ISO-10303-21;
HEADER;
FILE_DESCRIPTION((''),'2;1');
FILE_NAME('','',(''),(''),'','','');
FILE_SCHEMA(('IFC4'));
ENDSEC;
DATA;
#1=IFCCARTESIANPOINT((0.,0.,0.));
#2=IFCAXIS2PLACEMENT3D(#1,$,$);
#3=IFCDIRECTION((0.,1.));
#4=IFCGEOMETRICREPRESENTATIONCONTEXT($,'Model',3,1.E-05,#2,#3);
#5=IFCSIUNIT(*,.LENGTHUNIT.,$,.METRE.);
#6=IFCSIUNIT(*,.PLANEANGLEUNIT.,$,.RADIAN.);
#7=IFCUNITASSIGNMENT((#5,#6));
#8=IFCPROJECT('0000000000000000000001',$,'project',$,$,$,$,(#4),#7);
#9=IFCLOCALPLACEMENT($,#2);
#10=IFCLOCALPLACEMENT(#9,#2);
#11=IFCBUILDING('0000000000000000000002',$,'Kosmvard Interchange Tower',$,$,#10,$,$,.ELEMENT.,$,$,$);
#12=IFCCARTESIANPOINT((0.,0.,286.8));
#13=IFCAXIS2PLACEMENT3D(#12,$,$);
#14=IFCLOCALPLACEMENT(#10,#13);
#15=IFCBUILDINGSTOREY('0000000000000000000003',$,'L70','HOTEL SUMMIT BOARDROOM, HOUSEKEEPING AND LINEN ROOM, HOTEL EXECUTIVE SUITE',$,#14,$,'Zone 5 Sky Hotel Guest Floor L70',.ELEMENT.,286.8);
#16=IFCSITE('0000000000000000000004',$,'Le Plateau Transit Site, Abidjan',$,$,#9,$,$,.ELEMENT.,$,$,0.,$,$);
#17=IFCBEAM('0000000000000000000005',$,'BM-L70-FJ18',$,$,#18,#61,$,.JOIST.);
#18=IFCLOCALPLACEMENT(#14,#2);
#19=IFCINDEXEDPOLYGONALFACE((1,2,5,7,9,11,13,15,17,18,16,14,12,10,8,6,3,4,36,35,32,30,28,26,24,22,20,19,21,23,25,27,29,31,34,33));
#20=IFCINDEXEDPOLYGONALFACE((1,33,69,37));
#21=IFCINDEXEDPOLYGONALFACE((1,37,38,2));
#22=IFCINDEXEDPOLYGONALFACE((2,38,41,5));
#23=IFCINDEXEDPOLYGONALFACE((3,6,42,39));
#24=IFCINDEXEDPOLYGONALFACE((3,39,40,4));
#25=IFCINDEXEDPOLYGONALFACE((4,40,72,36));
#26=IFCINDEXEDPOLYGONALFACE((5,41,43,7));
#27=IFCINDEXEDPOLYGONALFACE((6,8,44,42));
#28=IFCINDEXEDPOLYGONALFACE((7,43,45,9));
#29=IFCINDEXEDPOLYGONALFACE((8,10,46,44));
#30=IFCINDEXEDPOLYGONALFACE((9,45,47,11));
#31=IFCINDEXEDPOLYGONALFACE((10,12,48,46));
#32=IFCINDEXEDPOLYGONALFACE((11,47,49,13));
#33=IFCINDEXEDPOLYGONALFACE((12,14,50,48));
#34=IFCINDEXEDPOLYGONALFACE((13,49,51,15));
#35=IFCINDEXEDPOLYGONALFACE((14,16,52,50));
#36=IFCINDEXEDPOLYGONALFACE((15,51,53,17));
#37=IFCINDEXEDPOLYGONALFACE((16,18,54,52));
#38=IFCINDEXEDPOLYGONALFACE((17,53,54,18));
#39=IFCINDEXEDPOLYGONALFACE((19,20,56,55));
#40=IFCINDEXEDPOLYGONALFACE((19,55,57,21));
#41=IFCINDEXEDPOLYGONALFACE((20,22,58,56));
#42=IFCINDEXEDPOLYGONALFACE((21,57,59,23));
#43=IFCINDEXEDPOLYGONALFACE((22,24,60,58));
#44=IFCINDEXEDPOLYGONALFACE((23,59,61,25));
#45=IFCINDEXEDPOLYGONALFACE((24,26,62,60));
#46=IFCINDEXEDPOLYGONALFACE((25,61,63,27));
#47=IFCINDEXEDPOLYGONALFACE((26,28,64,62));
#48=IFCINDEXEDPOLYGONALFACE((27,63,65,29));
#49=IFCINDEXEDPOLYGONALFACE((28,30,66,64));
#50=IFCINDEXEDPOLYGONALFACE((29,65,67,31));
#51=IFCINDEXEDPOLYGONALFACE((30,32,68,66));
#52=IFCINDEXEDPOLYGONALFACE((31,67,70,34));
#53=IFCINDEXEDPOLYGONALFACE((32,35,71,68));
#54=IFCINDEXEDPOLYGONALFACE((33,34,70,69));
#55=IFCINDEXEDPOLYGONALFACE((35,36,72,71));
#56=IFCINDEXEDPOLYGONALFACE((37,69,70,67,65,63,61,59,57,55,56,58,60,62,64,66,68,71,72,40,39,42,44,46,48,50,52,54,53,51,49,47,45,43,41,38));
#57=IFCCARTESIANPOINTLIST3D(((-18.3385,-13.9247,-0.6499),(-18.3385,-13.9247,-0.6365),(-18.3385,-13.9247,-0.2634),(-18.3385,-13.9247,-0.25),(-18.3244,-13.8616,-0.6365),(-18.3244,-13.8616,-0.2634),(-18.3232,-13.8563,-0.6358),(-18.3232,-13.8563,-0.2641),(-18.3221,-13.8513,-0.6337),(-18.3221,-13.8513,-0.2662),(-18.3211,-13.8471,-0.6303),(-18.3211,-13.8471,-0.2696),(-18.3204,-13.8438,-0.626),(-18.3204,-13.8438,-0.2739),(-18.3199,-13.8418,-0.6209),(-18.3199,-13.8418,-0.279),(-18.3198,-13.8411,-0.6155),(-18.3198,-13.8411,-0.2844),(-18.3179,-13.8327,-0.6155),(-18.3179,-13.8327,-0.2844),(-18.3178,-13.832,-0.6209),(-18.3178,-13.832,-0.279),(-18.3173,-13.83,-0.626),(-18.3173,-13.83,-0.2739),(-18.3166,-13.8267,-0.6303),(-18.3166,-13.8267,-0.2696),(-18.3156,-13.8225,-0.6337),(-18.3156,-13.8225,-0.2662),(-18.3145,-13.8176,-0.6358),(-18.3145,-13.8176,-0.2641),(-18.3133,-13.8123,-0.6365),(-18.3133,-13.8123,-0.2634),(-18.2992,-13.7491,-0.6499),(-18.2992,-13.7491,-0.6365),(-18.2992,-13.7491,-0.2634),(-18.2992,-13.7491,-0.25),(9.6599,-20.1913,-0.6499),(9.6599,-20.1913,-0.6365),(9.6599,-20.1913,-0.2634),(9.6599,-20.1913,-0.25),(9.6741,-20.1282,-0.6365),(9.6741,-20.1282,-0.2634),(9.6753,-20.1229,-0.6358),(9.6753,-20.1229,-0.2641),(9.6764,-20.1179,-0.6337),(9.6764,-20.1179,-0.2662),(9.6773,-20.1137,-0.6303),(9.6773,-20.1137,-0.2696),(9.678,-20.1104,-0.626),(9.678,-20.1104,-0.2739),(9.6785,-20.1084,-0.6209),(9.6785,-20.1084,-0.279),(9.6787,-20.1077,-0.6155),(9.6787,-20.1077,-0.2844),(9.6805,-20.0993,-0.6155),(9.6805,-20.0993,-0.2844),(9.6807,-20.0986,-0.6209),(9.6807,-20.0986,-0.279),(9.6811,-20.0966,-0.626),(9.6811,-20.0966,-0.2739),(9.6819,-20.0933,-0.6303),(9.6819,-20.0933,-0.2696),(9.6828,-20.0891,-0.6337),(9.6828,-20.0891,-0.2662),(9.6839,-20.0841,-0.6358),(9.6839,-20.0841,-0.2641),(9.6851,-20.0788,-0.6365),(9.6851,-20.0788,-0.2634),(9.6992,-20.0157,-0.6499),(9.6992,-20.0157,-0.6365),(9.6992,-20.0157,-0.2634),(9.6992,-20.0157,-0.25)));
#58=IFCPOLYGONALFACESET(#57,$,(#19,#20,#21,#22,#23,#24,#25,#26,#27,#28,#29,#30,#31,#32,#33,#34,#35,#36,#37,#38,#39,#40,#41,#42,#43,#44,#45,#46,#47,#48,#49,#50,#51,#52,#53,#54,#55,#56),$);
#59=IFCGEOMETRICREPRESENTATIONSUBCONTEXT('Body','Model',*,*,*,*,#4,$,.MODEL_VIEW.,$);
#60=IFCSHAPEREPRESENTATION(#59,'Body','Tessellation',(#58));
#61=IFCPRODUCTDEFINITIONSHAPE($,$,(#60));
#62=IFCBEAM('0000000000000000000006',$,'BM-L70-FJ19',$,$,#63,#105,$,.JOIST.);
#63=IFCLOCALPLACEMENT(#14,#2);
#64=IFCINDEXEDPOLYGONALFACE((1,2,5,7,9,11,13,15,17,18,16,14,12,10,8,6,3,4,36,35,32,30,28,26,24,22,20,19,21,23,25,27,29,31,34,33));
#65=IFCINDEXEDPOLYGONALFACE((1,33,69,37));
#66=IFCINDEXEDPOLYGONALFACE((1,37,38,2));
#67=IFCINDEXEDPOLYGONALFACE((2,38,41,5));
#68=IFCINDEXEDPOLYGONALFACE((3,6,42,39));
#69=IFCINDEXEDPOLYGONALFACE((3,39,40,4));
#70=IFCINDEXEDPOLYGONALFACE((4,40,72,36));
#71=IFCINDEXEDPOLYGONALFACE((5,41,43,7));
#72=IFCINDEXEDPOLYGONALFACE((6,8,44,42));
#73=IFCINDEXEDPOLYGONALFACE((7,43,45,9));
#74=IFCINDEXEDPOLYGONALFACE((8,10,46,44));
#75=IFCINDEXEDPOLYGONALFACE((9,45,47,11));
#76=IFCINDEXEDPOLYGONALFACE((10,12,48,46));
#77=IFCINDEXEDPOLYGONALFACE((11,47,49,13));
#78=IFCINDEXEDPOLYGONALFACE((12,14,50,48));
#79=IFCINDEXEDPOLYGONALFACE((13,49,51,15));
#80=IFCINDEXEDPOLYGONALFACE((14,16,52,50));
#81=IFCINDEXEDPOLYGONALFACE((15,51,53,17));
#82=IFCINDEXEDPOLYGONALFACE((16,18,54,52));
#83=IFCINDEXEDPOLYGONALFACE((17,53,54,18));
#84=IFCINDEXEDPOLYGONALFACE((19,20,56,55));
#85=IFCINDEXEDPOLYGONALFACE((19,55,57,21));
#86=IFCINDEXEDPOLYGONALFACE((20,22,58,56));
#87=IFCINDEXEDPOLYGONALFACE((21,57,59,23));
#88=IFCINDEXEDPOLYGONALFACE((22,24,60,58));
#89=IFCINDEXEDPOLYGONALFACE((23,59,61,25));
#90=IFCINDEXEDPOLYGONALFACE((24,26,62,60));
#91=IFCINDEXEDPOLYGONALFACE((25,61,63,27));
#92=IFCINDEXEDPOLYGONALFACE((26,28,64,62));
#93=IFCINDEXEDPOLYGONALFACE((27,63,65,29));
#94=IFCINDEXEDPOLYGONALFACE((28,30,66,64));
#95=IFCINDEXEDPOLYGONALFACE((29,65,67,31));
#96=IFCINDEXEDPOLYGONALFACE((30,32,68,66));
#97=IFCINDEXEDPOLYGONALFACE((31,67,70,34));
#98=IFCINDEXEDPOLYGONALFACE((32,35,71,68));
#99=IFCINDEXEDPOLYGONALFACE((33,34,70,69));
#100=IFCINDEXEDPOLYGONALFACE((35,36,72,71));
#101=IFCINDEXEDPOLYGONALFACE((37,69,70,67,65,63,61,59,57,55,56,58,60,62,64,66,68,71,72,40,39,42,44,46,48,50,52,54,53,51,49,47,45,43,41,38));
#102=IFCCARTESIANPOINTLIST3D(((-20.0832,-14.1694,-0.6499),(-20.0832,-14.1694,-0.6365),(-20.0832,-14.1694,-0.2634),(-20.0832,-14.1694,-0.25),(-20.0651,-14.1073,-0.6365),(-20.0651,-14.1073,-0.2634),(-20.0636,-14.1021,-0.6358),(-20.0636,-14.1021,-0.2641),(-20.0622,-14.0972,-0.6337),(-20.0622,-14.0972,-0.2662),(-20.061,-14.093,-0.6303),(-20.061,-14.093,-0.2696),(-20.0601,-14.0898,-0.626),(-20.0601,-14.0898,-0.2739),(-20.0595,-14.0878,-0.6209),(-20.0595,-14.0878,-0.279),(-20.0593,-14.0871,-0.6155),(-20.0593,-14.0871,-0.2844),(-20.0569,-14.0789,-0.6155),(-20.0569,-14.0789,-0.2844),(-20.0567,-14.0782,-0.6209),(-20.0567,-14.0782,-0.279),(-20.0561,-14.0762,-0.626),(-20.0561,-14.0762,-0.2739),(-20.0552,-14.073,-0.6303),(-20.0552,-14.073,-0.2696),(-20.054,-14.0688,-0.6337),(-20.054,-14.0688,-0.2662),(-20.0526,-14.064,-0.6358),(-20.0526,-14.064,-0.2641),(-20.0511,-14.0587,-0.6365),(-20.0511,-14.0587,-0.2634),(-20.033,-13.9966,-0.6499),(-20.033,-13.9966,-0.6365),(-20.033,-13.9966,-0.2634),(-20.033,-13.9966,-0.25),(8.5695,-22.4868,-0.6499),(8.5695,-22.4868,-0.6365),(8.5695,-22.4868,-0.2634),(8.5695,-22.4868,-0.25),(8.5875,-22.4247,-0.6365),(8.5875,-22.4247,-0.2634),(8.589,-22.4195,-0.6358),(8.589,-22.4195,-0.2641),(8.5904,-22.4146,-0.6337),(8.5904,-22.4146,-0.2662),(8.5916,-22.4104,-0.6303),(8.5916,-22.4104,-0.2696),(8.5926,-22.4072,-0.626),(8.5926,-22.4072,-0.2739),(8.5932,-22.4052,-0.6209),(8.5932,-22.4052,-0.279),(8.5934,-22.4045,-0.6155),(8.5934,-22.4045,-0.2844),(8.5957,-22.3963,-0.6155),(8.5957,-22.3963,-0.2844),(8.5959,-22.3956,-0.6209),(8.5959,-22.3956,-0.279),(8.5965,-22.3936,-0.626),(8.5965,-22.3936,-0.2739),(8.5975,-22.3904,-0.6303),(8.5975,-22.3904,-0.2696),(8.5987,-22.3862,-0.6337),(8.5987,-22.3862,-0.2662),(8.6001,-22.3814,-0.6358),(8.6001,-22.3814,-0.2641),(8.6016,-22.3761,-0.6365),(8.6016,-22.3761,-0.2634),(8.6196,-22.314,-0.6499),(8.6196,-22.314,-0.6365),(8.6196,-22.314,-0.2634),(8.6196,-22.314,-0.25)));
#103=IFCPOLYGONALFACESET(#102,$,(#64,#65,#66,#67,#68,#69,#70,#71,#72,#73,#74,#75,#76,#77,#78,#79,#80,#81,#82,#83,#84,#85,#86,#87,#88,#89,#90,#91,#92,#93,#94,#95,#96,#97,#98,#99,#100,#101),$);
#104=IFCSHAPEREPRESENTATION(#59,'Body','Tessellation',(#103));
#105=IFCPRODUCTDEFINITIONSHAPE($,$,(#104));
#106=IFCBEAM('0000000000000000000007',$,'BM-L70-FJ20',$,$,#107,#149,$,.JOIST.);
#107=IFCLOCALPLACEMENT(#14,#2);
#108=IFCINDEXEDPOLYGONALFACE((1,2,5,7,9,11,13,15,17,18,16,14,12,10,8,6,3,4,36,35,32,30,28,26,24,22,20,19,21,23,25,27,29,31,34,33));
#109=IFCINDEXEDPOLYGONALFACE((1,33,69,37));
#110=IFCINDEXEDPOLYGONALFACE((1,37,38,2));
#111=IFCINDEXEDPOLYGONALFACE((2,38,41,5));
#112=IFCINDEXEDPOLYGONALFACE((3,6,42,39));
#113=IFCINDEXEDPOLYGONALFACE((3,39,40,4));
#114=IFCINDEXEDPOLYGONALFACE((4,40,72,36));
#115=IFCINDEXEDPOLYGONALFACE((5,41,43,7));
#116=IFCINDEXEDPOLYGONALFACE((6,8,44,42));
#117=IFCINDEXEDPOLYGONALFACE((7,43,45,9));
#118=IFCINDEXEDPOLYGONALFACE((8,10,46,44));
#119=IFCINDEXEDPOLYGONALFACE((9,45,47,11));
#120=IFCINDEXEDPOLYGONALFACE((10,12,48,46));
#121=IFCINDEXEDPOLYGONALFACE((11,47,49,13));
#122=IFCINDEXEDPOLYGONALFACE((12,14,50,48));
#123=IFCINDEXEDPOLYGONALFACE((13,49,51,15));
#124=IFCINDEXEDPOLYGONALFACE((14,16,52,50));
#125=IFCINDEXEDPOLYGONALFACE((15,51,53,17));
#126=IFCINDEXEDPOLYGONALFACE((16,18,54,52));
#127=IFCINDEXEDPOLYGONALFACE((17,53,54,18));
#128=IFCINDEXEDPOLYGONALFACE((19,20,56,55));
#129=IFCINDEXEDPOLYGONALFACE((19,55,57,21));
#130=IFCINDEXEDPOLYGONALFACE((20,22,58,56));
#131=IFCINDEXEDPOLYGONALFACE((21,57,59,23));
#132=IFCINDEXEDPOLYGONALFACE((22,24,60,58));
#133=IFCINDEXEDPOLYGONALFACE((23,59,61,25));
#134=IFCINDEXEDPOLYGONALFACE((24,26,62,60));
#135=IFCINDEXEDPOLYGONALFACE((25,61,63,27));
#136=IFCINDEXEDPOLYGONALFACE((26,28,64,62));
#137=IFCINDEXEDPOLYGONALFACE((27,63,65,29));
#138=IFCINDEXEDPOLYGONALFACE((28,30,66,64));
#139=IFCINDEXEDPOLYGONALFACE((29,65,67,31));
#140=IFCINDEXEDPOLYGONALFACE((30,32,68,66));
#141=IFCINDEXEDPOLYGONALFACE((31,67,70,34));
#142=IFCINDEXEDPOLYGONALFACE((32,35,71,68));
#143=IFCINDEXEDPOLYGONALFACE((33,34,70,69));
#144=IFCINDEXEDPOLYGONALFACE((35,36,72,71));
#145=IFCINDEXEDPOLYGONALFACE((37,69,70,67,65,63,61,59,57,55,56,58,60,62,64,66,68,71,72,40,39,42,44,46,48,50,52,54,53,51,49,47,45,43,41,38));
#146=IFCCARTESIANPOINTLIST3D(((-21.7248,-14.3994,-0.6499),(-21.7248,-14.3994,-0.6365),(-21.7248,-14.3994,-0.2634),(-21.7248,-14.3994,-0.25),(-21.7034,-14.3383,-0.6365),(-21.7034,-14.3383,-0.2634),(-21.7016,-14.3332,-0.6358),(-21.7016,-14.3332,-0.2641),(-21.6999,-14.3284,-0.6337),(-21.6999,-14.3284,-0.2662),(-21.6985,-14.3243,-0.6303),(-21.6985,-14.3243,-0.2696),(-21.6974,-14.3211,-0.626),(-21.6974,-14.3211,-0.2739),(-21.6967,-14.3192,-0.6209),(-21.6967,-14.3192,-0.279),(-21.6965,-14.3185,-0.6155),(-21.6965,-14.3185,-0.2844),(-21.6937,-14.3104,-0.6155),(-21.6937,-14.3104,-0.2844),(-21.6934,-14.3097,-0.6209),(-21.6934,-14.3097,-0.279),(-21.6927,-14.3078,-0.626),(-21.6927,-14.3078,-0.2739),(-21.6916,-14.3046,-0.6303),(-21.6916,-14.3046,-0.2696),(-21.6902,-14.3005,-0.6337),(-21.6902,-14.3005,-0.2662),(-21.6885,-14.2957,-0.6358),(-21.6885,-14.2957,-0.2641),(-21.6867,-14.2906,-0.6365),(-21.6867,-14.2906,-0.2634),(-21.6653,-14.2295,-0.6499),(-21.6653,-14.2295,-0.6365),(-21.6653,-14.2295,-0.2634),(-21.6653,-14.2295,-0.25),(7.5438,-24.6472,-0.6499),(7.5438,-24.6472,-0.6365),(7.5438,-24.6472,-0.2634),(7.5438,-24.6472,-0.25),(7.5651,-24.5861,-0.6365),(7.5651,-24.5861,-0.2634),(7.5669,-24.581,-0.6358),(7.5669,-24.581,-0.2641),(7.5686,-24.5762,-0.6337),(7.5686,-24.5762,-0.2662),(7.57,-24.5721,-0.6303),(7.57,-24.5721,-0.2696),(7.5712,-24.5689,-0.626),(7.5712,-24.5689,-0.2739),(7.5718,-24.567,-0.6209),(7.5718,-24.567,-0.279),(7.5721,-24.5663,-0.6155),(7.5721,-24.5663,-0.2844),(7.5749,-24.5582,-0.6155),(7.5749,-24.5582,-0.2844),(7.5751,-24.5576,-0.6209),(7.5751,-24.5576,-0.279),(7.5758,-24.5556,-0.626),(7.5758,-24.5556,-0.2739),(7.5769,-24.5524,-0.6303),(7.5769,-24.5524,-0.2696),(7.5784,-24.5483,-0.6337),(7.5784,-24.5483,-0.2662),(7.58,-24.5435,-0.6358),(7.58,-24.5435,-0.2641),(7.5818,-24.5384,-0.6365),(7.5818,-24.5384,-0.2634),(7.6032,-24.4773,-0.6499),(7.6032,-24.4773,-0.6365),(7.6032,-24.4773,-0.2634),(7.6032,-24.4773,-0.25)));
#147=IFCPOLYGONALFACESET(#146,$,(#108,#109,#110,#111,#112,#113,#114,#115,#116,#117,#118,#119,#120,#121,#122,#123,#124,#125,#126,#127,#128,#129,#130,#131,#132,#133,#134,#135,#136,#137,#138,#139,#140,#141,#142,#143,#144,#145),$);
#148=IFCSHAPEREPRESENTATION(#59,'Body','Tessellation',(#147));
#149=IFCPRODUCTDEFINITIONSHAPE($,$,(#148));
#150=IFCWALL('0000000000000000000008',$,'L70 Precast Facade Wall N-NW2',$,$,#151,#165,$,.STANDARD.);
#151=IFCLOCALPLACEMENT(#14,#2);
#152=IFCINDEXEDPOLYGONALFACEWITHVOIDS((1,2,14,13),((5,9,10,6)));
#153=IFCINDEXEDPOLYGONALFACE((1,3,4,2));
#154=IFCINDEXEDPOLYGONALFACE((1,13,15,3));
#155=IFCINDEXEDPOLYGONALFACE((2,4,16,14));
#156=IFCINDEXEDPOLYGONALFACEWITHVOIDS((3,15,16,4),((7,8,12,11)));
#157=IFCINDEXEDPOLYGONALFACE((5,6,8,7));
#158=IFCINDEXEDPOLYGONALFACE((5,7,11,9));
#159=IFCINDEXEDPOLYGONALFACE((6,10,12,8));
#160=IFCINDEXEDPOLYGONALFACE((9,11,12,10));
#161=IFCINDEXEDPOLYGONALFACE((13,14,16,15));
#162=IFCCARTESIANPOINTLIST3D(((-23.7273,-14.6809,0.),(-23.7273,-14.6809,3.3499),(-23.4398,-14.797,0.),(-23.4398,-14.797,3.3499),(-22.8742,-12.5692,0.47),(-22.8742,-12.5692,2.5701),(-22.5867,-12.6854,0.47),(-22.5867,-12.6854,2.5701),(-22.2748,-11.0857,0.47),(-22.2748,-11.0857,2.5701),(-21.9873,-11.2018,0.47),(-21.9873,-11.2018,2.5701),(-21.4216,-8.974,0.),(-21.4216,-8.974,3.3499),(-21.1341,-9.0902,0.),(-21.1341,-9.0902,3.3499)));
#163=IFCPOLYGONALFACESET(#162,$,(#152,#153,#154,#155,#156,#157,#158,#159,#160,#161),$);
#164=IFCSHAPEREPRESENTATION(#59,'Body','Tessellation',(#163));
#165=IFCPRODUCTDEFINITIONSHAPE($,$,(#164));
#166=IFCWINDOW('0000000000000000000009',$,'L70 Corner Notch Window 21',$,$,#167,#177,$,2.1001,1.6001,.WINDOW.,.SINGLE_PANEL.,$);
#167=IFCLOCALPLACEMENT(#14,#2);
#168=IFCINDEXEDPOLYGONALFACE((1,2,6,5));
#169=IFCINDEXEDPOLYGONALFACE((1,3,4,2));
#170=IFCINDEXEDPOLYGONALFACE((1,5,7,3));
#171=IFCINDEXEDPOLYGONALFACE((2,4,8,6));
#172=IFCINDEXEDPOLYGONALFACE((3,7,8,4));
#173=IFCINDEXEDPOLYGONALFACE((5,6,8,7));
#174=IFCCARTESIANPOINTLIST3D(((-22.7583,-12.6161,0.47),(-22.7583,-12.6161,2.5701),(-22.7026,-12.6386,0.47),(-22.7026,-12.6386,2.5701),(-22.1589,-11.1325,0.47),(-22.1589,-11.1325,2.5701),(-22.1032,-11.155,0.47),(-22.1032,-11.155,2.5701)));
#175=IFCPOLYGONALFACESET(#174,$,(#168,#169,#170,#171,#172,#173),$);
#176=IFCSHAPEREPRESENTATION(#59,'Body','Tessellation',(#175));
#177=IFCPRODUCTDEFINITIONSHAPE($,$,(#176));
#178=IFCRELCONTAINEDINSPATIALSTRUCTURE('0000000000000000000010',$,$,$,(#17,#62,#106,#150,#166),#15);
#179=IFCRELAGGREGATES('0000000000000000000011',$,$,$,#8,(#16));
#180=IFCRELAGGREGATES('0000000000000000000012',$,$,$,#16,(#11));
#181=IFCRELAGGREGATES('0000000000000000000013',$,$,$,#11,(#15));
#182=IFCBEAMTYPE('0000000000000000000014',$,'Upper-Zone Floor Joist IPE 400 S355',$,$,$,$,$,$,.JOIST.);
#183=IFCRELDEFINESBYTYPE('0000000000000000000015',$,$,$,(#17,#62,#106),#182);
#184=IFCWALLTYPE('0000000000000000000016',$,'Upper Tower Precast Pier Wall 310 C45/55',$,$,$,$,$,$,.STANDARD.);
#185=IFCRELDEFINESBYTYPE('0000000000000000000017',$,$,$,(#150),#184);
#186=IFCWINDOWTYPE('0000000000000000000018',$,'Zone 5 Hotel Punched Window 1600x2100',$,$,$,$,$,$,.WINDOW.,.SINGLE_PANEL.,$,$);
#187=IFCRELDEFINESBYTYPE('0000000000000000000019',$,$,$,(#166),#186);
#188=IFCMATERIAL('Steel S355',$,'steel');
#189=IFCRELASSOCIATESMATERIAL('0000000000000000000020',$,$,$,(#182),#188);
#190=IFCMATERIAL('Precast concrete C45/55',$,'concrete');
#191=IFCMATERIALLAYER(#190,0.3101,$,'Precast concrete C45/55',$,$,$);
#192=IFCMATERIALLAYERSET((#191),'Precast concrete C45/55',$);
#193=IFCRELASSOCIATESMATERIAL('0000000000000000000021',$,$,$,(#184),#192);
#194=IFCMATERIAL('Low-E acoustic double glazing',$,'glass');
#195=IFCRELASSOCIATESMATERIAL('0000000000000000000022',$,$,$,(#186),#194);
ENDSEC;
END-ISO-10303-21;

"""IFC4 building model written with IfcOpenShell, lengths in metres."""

from ifc_helpers import new_model, si_unit, direction, frame, frame_2d, origin, origin_2d, place, context, subcontext, project, spatial, rectangle, i_section, extrude, source, transform, mapped, material, layer, layer_set, material_profile, profile_set, type_object, element, fill, save


model = new_model("IFC4")

# Units and contexts
model_context = context("Model", 3, precision=1e-05, world=origin(), true_north=direction((0.0, 1.0)))
body_context = subcontext(model_context, "Body", "Model", "MODEL_VIEW")
ifc_project = project(units=[si_unit("LENGTHUNIT", "METRE"), si_unit("PLANEANGLEUNIT", "RADIAN")], contexts=[model_context])

# Site, building, storey
site_placement = place(None, origin())
site = spatial("IfcSite", under=ifc_project, at=site_placement, Name="Le Plateau Transit Site, Abidjan", CompositionType="ELEMENT", RefElevation=0.0)
building_placement = place(site_placement, origin())
building = spatial("IfcBuilding", under=site, at=building_placement, Name="Kosmvard Interchange Tower", CompositionType="ELEMENT")
storey_placement = place(building_placement, frame((0.0, 0.0, 286.8)))
storey = spatial("IfcBuildingStorey", under=building, at=storey_placement, Name="L70", Description="HOTEL SUMMIT BOARDROOM, HOUSEKEEPING AND LINEN ROOM, HOTEL EXECUTIVE SUITE", LongName="Zone 5 Sky Hotel Guest Floor L70", CompositionType="ELEMENT", Elevation=286.8)

# Beams
ifc_material_1 = material(Name="Steel S355", Category="steel")
ifc_material_profile_1 = material_profile(ifc_material_1, i_section(OverallWidth=0.1799, OverallDepth=0.3999, WebThickness=0.0085, FlangeThickness=0.0134, FilletRadius=0.021, at=origin_2d()), Name="IPE 400")
ifc_profile_set_1 = profile_set([ifc_material_profile_1], Name="Steel S355")
beam_type_1 = type_object("IfcBeamType", Name="Upper-Zone Floor Joist IPE 400 S355", PredefinedType="JOIST", material=ifc_profile_set_1)
shared_shape_1 = source(origin(), body_context, "Body", "SweptSolid", [
    extrude(i_section(OverallWidth=0.1799, OverallDepth=0.3999, WebThickness=0.0085, FlangeThickness=0.0134, FilletRadius=0.021, at=origin_2d()), origin(), (0.0, 0.0, 1.0), 28.6912),
])
beam_1_placement = place(storey_placement, frame((-18.3188, -13.8369, -0.45), z_axis=(0.975856, -0.218415, 0.0), x_axis=(0.218415, 0.975856, 0.0)))
element("IfcBeam", 1, at=beam_1_placement, inside=storey, type_object=beam_type_1, Name="BM-L70-FJ18", PredefinedType="JOIST", context=body_context, shape_type="MappedRepresentation", body=[
    mapped(shared_shape_1, transform((0.0, 0.0, 0.0), scale=1.0)),
])
shared_shape_2 = source(origin(), body_context, "Body", "SweptSolid", [
    extrude(i_section(OverallWidth=0.1799, OverallDepth=0.3999, WebThickness=0.0085, FlangeThickness=0.0134, FilletRadius=0.021, at=origin_2d()), origin(), (0.0, 0.0, 1.0), 29.8354),
])
beam_2_placement = place(storey_placement, frame((-20.0581, -14.083, -0.45), z_axis=(0.960356, -0.278776, 0.0), x_axis=(0.278776, 0.960356, 0.0)))
element("IfcBeam", 2, at=beam_2_placement, inside=storey, type_object=beam_type_1, Name="BM-L70-FJ19", PredefinedType="JOIST", context=body_context, shape_type="MappedRepresentation", body=[
    mapped(shared_shape_2, transform((0.0, 0.0, 0.0), scale=1.0)),
])
shared_shape_3 = source(origin(), body_context, "Body", "SweptSolid", [
    extrude(i_section(OverallWidth=0.1799, OverallDepth=0.3999, WebThickness=0.0085, FlangeThickness=0.0134, FilletRadius=0.021, at=origin_2d()), origin(), (0.0, 0.0, 1.0), 31.0107),
])
beam_3_placement = place(storey_placement, frame((-21.6951, -14.3145, -0.45), z_axis=(0.94382, -0.33046, 0.0), x_axis=(0.33046, 0.94382, 0.0)))
element("IfcBeam", 3, at=beam_3_placement, inside=storey, type_object=beam_type_1, Name="BM-L70-FJ20", PredefinedType="JOIST", context=body_context, shape_type="MappedRepresentation", body=[
    mapped(shared_shape_3, transform((0.0, 0.0, 0.0), scale=1.0)),
])

# Wall, opening, window
ifc_material_2 = material(Name="Precast concrete C45/55", Category="concrete")
ifc_layer_1 = layer(ifc_material_2, 0.3101, Name="Precast concrete C45/55")
ifc_layer_set_1 = layer_set([ifc_layer_1], Name="Precast concrete C45/55")
wall_type = type_object("IfcWallType", Name="Upper Tower Precast Pier Wall 310 C45/55", PredefinedType="STANDARD", material=ifc_layer_set_1)
wall_1_placement = place(storey_placement, frame((-21.2778, -9.032, 0.0), z_axis=(0.0, 0.0, 1.0), x_axis=(-0.374603, -0.927185, 0.0)))
wall_1 = element("IfcWall", 4, at=wall_1_placement, inside=storey, type_object=wall_type, Name="L70 Precast Facade Wall N-NW2", PredefinedType="STANDARD", context=body_context, shape_type="SweptSolid", body=[
    extrude(rectangle(XDim=6.155, YDim=0.3101, at=frame_2d((3.0776, 0.0))), origin(), (0.0, 0.0, 1.0), 3.3499),
])
opening_1_placement = place(wall_1_placement, frame((2.2776, 0.0, 0.47)))
opening_1 = element("IfcOpeningElement", 5, at=opening_1_placement, cuts=wall_1, PredefinedType="OPENING", context=body_context, shape_type="SweptSolid", body=[
    extrude(rectangle(XDim=1.6001, YDim=2.1001, at=frame_2d((0.8, 1.05))), frame((0.0, 0.165, 0.0), z_axis=(0.0, -1.0, 0.0), x_axis=(1.0, 0.0, 0.0)), (0.0, 0.0, 1.0), 0.3301),
])
ifc_material_3 = material(Name="Low-E acoustic double glazing", Category="glass")
window_type = type_object("IfcWindowType", Name="Zone 5 Hotel Punched Window 1600x2100", PartitioningType="SINGLE_PANEL", PredefinedType="WINDOW", material=ifc_material_3)
shared_shape_4 = source(origin(), body_context, "Body", "SweptSolid", [
    extrude(rectangle(XDim=1.6001, YDim=2.1001, at=frame_2d((0.8, 1.05))), frame((0.0, 0.03, 0.0), z_axis=(0.0, -1.0, 0.0), x_axis=(1.0, 0.0, 0.0)), (0.0, 0.0, 1.0), 0.0601),
])
window_1_placement = place(opening_1_placement, origin())
window_1 = element("IfcWindow", 6, at=window_1_placement, inside=storey, type_object=window_type, Name="L70 Corner Notch Window 21", OverallHeight=2.1001, OverallWidth=1.6001, PartitioningType="SINGLE_PANEL", PredefinedType="WINDOW", context=body_context, shape_type="MappedRepresentation", body=[
    mapped(shared_shape_4, transform((0.0, 0.0, 0.0), scale=1.0)),
])
fill(opening_1, window_1)

save(model, "model.ifc")
